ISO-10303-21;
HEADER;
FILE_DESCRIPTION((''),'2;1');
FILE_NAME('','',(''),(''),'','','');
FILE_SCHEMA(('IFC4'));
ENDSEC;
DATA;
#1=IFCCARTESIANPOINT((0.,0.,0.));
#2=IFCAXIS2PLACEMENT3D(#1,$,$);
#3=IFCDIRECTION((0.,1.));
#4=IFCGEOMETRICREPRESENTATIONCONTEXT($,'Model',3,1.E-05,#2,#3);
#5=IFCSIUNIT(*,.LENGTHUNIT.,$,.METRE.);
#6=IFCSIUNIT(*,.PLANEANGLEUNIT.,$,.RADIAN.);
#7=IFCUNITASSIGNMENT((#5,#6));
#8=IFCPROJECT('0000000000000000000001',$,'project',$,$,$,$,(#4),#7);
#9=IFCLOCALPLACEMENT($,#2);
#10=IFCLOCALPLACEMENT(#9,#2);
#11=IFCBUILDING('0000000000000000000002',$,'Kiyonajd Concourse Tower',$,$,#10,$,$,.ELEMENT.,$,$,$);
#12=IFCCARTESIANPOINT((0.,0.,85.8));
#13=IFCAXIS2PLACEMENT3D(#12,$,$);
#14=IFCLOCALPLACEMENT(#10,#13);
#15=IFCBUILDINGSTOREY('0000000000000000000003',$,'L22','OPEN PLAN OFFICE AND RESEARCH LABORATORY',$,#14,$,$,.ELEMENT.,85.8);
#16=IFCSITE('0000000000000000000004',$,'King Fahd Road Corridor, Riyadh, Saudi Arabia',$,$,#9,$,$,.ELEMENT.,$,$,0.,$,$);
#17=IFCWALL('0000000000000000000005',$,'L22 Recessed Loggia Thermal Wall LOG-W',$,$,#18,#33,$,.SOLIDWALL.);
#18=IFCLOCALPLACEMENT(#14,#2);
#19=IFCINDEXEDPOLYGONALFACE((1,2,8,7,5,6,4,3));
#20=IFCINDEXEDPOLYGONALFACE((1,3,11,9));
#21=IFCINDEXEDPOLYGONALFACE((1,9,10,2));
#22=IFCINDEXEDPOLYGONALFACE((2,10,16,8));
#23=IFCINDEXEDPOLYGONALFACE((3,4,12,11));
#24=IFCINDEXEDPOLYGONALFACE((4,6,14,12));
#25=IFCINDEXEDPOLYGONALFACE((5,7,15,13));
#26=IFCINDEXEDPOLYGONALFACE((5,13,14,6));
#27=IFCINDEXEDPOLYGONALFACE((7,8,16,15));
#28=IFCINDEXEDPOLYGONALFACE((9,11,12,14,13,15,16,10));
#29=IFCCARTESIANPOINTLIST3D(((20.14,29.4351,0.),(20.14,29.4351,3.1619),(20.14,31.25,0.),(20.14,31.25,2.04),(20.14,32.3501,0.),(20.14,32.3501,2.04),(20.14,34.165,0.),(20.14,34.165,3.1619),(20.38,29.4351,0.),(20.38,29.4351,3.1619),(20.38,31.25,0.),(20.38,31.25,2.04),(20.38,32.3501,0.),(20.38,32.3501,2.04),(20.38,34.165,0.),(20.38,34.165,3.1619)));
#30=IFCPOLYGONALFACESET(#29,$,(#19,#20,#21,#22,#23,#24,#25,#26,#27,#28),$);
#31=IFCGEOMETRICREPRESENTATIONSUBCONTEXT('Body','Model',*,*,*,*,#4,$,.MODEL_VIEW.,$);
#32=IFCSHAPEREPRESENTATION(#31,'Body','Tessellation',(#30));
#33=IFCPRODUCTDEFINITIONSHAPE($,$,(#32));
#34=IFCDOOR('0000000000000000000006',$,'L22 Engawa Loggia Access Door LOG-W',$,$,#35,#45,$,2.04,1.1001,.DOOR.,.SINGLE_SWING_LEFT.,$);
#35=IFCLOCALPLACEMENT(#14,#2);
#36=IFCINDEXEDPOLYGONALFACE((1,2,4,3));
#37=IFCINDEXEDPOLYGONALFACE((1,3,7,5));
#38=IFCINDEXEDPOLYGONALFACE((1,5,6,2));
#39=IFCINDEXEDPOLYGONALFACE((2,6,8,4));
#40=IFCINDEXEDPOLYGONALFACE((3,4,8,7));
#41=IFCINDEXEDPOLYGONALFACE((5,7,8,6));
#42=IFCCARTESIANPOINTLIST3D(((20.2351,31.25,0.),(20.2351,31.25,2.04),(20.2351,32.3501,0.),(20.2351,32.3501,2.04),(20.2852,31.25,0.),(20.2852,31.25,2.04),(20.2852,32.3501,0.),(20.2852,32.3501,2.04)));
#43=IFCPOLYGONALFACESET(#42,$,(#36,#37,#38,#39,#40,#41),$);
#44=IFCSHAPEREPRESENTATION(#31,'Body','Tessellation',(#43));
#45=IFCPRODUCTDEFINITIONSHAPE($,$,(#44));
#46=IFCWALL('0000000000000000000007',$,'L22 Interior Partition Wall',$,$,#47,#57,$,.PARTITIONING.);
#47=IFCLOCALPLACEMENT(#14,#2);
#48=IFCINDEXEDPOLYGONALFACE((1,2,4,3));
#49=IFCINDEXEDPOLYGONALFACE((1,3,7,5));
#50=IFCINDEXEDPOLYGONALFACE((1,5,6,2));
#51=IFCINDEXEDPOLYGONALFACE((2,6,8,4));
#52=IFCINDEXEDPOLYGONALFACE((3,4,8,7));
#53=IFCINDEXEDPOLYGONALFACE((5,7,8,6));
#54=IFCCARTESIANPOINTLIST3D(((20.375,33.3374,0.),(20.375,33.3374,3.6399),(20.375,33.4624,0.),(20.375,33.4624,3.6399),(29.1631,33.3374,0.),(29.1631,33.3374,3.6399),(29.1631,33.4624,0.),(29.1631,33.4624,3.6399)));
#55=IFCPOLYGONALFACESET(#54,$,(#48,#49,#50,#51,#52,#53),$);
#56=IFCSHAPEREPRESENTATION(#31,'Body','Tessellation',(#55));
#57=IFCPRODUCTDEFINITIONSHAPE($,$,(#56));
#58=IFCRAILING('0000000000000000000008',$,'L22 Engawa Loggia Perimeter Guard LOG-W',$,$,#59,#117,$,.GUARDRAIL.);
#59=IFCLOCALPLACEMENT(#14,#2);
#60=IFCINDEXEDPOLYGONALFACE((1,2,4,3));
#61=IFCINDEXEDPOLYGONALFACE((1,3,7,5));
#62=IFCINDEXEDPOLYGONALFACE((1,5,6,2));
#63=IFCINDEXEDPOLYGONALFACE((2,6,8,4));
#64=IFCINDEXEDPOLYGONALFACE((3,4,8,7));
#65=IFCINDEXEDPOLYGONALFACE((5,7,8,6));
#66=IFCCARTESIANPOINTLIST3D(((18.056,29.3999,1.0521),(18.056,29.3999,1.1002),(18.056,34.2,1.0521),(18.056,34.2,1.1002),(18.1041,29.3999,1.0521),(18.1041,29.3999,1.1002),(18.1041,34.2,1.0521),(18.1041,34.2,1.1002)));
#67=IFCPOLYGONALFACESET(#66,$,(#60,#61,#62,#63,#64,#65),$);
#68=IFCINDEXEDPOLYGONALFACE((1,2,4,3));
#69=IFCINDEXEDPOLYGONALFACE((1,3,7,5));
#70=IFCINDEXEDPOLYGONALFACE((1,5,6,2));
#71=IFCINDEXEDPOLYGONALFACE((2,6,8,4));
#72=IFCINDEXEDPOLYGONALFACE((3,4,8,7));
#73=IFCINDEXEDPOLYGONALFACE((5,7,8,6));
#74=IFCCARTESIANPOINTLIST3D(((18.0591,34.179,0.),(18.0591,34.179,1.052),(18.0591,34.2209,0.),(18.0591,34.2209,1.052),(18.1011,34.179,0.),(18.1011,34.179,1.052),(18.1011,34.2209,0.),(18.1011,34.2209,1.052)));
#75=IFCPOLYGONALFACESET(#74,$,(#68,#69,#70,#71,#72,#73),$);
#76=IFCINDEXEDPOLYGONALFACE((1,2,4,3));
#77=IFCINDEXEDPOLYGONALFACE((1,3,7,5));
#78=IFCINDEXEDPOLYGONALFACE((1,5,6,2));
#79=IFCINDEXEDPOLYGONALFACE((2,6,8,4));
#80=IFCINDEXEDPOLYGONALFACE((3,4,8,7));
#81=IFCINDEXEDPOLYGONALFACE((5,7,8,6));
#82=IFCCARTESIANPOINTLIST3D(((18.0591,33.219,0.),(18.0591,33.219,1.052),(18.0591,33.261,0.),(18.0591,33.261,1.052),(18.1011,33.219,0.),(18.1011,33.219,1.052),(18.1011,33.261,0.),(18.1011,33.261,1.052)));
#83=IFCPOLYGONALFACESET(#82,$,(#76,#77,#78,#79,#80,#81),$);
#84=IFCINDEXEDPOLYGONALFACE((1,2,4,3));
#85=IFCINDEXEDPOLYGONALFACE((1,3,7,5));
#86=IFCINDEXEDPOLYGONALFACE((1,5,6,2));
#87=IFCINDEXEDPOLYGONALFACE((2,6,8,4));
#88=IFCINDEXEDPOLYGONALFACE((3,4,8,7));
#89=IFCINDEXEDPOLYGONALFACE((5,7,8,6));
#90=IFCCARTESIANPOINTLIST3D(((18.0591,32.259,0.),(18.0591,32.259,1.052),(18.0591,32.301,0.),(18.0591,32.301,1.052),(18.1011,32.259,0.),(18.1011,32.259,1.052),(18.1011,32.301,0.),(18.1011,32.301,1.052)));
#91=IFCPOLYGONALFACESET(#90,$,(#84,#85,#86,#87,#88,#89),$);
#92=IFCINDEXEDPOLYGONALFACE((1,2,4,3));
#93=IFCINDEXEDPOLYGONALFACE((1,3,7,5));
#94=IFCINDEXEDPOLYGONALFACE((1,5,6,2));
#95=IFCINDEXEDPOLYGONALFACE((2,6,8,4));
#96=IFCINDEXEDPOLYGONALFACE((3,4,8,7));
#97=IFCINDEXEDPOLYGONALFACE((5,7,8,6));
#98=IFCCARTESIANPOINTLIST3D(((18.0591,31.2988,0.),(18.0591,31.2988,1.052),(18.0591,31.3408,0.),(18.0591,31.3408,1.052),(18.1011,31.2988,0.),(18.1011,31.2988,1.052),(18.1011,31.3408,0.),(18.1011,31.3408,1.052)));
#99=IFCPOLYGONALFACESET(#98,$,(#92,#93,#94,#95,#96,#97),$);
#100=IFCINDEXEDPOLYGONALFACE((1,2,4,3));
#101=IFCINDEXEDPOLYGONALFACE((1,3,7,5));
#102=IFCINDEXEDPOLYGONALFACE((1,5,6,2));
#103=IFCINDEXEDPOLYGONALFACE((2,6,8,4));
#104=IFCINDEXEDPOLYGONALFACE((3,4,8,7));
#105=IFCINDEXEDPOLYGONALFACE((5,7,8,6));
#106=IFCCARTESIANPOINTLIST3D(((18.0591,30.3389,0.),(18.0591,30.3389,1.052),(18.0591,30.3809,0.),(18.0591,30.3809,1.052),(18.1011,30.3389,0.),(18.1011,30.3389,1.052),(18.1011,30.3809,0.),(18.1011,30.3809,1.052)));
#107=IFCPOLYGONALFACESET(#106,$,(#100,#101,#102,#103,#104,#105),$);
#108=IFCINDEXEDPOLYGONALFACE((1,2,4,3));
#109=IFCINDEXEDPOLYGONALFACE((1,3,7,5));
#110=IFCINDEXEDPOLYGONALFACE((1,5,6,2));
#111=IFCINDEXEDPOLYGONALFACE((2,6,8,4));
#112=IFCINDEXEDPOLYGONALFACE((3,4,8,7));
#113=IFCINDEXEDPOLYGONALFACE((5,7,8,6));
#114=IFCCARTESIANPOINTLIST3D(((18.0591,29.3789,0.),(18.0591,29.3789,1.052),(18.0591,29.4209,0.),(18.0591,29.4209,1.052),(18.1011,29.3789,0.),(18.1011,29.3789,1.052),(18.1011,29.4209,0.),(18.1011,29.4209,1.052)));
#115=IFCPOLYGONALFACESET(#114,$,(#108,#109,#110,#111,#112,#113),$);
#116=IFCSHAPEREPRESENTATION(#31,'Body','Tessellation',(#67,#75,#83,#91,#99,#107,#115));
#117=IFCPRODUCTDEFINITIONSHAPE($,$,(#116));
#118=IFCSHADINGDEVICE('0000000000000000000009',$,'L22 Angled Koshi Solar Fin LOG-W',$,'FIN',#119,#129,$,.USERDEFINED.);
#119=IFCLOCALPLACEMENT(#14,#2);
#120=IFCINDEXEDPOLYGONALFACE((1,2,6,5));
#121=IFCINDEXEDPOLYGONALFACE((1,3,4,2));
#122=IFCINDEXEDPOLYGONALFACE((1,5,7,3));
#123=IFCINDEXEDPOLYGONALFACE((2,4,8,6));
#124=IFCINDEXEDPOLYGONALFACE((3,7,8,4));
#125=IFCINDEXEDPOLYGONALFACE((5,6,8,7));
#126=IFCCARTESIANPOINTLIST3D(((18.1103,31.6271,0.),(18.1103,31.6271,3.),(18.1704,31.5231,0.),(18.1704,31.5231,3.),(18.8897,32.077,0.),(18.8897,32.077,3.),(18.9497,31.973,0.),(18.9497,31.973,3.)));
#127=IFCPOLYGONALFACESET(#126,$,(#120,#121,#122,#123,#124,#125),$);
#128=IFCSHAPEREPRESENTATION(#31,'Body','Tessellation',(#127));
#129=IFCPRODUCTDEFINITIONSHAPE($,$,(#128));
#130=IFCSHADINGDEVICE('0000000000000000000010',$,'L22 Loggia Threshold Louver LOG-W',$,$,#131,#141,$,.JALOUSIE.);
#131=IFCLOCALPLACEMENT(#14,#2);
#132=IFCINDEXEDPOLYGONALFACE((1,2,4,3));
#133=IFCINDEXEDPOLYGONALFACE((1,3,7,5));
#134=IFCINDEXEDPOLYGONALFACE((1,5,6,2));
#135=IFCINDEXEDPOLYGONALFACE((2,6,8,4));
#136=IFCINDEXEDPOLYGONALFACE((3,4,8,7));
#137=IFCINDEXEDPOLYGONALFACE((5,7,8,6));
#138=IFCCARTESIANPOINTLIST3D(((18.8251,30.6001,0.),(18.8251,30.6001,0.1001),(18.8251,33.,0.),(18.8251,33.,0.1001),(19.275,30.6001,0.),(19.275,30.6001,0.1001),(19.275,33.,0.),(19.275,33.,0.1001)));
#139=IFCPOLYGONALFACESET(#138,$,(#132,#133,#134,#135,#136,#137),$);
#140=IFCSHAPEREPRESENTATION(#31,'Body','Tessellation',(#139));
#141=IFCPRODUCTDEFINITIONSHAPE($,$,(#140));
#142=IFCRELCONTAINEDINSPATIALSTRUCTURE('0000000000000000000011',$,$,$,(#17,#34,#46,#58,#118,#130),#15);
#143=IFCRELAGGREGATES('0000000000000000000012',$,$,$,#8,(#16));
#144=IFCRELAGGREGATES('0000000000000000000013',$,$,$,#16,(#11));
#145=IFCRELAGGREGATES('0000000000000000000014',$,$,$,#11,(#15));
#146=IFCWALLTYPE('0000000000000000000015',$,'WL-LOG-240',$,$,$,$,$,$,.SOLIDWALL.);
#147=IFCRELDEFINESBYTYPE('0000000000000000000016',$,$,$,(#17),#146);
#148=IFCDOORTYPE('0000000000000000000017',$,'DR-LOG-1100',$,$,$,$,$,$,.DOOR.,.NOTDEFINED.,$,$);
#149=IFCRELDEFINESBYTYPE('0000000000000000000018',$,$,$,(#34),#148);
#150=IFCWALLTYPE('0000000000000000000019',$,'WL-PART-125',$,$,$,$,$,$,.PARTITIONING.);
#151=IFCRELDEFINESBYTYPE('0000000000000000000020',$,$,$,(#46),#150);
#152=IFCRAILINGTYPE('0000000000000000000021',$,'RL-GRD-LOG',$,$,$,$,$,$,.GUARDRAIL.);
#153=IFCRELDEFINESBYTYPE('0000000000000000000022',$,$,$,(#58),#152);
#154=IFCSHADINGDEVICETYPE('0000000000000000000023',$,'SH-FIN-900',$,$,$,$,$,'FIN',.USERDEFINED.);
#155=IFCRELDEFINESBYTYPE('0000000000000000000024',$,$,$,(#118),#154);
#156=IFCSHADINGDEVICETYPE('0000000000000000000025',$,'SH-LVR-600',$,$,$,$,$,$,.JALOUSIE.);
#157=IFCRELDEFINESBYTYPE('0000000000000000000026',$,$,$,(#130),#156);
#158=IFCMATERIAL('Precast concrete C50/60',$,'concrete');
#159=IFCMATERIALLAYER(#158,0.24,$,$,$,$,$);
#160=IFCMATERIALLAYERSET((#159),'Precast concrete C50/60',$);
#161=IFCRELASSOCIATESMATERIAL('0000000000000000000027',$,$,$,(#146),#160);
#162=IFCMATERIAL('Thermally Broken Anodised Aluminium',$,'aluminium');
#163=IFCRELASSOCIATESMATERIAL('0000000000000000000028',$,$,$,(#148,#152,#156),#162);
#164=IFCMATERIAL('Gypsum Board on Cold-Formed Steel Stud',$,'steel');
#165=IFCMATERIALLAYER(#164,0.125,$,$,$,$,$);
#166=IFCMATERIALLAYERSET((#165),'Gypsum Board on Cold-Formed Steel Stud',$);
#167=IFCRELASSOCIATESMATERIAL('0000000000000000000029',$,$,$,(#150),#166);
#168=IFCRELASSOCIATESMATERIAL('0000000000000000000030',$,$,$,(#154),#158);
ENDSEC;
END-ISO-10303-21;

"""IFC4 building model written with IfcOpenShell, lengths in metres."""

from ifc_helpers import new_model, si_unit, direction, frame, frame_2d, origin, origin_2d, place, context, subcontext, project, spatial, rectangle, extrude, material, layer, layer_set, type_object, element, fill, save


model = new_model("IFC4")

# Units and contexts
model_context = context("Model", 3, precision=1e-05, world=origin(), true_north=direction((0.0, 1.0)))
body_context = subcontext(model_context, "Body", "Model", "MODEL_VIEW")
ifc_project = project(units=[si_unit("LENGTHUNIT", "METRE"), si_unit("PLANEANGLEUNIT", "RADIAN")], contexts=[model_context])

# Site, building, storey
site_placement = place(None, origin())
site = spatial("IfcSite", under=ifc_project, at=site_placement, Name="King Fahd Road Corridor, Riyadh, Saudi Arabia", CompositionType="ELEMENT", RefElevation=0.0)
building_placement = place(site_placement, origin())
building = spatial("IfcBuilding", under=site, at=building_placement, Name="Kiyonajd Concourse Tower", CompositionType="ELEMENT")
storey_placement = place(building_placement, frame((0.0, 0.0, 85.8)))
storey = spatial("IfcBuildingStorey", under=building, at=storey_placement, Name="L22", Description="OPEN PLAN OFFICE AND RESEARCH LABORATORY", CompositionType="ELEMENT", Elevation=85.8)

# Shared definitions
ifc_material_1 = material(Name="Precast concrete C50/60", Category="concrete")

# Shared definitions
ifc_material_2 = material(Name="Thermally Broken Anodised Aluminium", Category="aluminium")

# Wall, opening, door
ifc_layer_1 = layer(ifc_material_1, 0.24)
ifc_layer_set_1 = layer_set([ifc_layer_1], Name="Precast concrete C50/60")
wall_type_1 = type_object("IfcWallType", Name="WL-LOG-240", PredefinedType="SOLIDWALL", material=ifc_layer_set_1)
wall_1_placement = place(storey_placement, frame((20.26, 29.4351, 0.0), z_axis=(0.0, 0.0, 1.0), x_axis=(0.0, 1.0, 0.0)))
wall_1 = element("IfcWall", 1, at=wall_1_placement, inside=storey, type_object=wall_type_1, Name="L22 Recessed Loggia Thermal Wall LOG-W", PredefinedType="SOLIDWALL", context=body_context, shape_type="SweptSolid", body=[
    extrude(rectangle(XDim=4.73, YDim=0.24, at=frame_2d((2.365, 0.0))), origin(), (0.0, 0.0, 1.0), 3.1619),
])
opening_placement = place(wall_1_placement, frame((1.8149, 0.0, 0.0)))
opening = element("IfcOpeningElement", 2, at=opening_placement, cuts=wall_1, PredefinedType="OPENING", context=body_context, shape_type="SweptSolid", body=[
    extrude(rectangle(XDim=1.1001, YDim=2.04, at=frame_2d((0.55, 1.02))), frame((0.0, 0.1299, 0.0), z_axis=(0.0, -1.0, 0.0), x_axis=(1.0, 0.0, 0.0)), (0.0, 0.0, 1.0), 0.26),
])
door_type = type_object("IfcDoorType", Name="DR-LOG-1100", OperationType="NOTDEFINED", PredefinedType="DOOR", material=ifc_material_2)
door_placement = place(opening_placement, origin())
door = element("IfcDoor", 3, at=door_placement, inside=storey, type_object=door_type, Name="L22 Engawa Loggia Access Door LOG-W", OperationType="SINGLE_SWING_LEFT", OverallHeight=2.04, OverallWidth=1.1001, PredefinedType="DOOR", context=body_context, shape_type="SweptSolid", body=[
    extrude(rectangle(XDim=1.1001, YDim=2.04, at=frame_2d((0.55, 1.02))), frame((0.0, 0.0249, 0.0), z_axis=(0.0, -1.0, 0.0), x_axis=(1.0, 0.0, 0.0)), (0.0, 0.0, 1.0), 0.05),
])
fill(opening, door)

# Wall
ifc_material_3 = material(Name="Gypsum Board on Cold-Formed Steel Stud", Category="steel")
ifc_layer_2 = layer(ifc_material_3, 0.125)
ifc_layer_set_2 = layer_set([ifc_layer_2], Name="Gypsum Board on Cold-Formed Steel Stud")
wall_type_2 = type_object("IfcWallType", Name="WL-PART-125", PredefinedType="PARTITIONING", material=ifc_layer_set_2)
wall_2_placement = place(storey_placement, frame((20.375, 33.3999, 0.0), z_axis=(0.0, 0.0, 1.0), x_axis=(1.0, 0.0, 0.0)))
element("IfcWall", 4, at=wall_2_placement, inside=storey, type_object=wall_type_2, Name="L22 Interior Partition Wall", PredefinedType="PARTITIONING", context=body_context, shape_type="SweptSolid", body=[
    extrude(rectangle(XDim=8.7881, YDim=0.125, at=frame_2d((4.394, 0.0))), origin(), (0.0, 0.0, 1.0), 3.6399),
])

# Railing
railing_type = type_object("IfcRailingType", Name="RL-GRD-LOG", PredefinedType="GUARDRAIL", material=ifc_material_2)
railing_placement = place(storey_placement, frame((18.0801, 34.2, 0.0)))
element("IfcRailing", 5, at=railing_placement, inside=storey, type_object=railing_type, Name="L22 Engawa Loggia Perimeter Guard LOG-W", PredefinedType="GUARDRAIL", context=body_context, shape_type="SweptSolid", body=[
    extrude(rectangle(XDim=0.0481, YDim=0.0481, at=origin_2d()), frame((0.0, 0.0, 1.0762), z_axis=(0.0, -1.0, 0.0), x_axis=(1.0, 0.0, 0.0)), (0.0, 0.0, 1.0), 4.8),
    extrude(rectangle(XDim=0.042, YDim=0.042, at=origin_2d()), origin(), (0.0, 0.0, 1.0), 1.052),
    extrude(rectangle(XDim=0.042, YDim=0.042, at=origin_2d()), frame((0.0, -0.96, 0.0)), (0.0, 0.0, 1.0), 1.052),
    extrude(rectangle(XDim=0.042, YDim=0.042, at=origin_2d()), frame((0.0, -1.9199, 0.0)), (0.0, 0.0, 1.0), 1.052),
    extrude(rectangle(XDim=0.042, YDim=0.042, at=origin_2d()), frame((0.0, -2.8801, 0.0)), (0.0, 0.0, 1.0), 1.052),
    extrude(rectangle(XDim=0.042, YDim=0.042, at=origin_2d()), frame((0.0, -3.8401, 0.0)), (0.0, 0.0, 1.0), 1.052),
    extrude(rectangle(XDim=0.042, YDim=0.042, at=origin_2d()), frame((0.0, -4.8, 0.0)), (0.0, 0.0, 1.0), 1.052),
])

# Shading devices
shading_device_type_1 = type_object("IfcShadingDeviceType", Name="SH-FIN-900", ElementType="FIN", PredefinedType="USERDEFINED", material=ifc_material_1)
shading_device_1_placement = place(storey_placement, frame((18.53, 31.8, 0.0), z_axis=(0.0, 0.0, 1.0), x_axis=(0.866025, 0.5, 0.0)))
element("IfcShadingDevice", 6, at=shading_device_1_placement, inside=storey, type_object=shading_device_type_1, Name="L22 Angled Koshi Solar Fin LOG-W", ObjectType="FIN", PredefinedType="USERDEFINED", context=body_context, shape_type="SweptSolid", body=[
    extrude(rectangle(XDim=0.8999, YDim=0.1201, at=origin_2d()), origin(), (0.0, 0.0, 1.0), 3.0),
])
shading_device_type_2 = type_object("IfcShadingDeviceType", Name="SH-LVR-600", PredefinedType="JALOUSIE", material=ifc_material_2)
shading_device_2_placement = place(storey_placement, frame((19.05, 31.8, 0.0), z_axis=(0.0, 0.0, 1.0), x_axis=(0.0, 1.0, 0.0)))
element("IfcShadingDevice", 7, at=shading_device_2_placement, inside=storey, type_object=shading_device_type_2, Name="L22 Loggia Threshold Louver LOG-W", PredefinedType="JALOUSIE", context=body_context, shape_type="SweptSolid", body=[
    extrude(rectangle(XDim=2.3999, YDim=0.45, at=origin_2d()), origin(), (0.0, 0.0, 1.0), 0.1001),
])

save(model, "model.ifc")
